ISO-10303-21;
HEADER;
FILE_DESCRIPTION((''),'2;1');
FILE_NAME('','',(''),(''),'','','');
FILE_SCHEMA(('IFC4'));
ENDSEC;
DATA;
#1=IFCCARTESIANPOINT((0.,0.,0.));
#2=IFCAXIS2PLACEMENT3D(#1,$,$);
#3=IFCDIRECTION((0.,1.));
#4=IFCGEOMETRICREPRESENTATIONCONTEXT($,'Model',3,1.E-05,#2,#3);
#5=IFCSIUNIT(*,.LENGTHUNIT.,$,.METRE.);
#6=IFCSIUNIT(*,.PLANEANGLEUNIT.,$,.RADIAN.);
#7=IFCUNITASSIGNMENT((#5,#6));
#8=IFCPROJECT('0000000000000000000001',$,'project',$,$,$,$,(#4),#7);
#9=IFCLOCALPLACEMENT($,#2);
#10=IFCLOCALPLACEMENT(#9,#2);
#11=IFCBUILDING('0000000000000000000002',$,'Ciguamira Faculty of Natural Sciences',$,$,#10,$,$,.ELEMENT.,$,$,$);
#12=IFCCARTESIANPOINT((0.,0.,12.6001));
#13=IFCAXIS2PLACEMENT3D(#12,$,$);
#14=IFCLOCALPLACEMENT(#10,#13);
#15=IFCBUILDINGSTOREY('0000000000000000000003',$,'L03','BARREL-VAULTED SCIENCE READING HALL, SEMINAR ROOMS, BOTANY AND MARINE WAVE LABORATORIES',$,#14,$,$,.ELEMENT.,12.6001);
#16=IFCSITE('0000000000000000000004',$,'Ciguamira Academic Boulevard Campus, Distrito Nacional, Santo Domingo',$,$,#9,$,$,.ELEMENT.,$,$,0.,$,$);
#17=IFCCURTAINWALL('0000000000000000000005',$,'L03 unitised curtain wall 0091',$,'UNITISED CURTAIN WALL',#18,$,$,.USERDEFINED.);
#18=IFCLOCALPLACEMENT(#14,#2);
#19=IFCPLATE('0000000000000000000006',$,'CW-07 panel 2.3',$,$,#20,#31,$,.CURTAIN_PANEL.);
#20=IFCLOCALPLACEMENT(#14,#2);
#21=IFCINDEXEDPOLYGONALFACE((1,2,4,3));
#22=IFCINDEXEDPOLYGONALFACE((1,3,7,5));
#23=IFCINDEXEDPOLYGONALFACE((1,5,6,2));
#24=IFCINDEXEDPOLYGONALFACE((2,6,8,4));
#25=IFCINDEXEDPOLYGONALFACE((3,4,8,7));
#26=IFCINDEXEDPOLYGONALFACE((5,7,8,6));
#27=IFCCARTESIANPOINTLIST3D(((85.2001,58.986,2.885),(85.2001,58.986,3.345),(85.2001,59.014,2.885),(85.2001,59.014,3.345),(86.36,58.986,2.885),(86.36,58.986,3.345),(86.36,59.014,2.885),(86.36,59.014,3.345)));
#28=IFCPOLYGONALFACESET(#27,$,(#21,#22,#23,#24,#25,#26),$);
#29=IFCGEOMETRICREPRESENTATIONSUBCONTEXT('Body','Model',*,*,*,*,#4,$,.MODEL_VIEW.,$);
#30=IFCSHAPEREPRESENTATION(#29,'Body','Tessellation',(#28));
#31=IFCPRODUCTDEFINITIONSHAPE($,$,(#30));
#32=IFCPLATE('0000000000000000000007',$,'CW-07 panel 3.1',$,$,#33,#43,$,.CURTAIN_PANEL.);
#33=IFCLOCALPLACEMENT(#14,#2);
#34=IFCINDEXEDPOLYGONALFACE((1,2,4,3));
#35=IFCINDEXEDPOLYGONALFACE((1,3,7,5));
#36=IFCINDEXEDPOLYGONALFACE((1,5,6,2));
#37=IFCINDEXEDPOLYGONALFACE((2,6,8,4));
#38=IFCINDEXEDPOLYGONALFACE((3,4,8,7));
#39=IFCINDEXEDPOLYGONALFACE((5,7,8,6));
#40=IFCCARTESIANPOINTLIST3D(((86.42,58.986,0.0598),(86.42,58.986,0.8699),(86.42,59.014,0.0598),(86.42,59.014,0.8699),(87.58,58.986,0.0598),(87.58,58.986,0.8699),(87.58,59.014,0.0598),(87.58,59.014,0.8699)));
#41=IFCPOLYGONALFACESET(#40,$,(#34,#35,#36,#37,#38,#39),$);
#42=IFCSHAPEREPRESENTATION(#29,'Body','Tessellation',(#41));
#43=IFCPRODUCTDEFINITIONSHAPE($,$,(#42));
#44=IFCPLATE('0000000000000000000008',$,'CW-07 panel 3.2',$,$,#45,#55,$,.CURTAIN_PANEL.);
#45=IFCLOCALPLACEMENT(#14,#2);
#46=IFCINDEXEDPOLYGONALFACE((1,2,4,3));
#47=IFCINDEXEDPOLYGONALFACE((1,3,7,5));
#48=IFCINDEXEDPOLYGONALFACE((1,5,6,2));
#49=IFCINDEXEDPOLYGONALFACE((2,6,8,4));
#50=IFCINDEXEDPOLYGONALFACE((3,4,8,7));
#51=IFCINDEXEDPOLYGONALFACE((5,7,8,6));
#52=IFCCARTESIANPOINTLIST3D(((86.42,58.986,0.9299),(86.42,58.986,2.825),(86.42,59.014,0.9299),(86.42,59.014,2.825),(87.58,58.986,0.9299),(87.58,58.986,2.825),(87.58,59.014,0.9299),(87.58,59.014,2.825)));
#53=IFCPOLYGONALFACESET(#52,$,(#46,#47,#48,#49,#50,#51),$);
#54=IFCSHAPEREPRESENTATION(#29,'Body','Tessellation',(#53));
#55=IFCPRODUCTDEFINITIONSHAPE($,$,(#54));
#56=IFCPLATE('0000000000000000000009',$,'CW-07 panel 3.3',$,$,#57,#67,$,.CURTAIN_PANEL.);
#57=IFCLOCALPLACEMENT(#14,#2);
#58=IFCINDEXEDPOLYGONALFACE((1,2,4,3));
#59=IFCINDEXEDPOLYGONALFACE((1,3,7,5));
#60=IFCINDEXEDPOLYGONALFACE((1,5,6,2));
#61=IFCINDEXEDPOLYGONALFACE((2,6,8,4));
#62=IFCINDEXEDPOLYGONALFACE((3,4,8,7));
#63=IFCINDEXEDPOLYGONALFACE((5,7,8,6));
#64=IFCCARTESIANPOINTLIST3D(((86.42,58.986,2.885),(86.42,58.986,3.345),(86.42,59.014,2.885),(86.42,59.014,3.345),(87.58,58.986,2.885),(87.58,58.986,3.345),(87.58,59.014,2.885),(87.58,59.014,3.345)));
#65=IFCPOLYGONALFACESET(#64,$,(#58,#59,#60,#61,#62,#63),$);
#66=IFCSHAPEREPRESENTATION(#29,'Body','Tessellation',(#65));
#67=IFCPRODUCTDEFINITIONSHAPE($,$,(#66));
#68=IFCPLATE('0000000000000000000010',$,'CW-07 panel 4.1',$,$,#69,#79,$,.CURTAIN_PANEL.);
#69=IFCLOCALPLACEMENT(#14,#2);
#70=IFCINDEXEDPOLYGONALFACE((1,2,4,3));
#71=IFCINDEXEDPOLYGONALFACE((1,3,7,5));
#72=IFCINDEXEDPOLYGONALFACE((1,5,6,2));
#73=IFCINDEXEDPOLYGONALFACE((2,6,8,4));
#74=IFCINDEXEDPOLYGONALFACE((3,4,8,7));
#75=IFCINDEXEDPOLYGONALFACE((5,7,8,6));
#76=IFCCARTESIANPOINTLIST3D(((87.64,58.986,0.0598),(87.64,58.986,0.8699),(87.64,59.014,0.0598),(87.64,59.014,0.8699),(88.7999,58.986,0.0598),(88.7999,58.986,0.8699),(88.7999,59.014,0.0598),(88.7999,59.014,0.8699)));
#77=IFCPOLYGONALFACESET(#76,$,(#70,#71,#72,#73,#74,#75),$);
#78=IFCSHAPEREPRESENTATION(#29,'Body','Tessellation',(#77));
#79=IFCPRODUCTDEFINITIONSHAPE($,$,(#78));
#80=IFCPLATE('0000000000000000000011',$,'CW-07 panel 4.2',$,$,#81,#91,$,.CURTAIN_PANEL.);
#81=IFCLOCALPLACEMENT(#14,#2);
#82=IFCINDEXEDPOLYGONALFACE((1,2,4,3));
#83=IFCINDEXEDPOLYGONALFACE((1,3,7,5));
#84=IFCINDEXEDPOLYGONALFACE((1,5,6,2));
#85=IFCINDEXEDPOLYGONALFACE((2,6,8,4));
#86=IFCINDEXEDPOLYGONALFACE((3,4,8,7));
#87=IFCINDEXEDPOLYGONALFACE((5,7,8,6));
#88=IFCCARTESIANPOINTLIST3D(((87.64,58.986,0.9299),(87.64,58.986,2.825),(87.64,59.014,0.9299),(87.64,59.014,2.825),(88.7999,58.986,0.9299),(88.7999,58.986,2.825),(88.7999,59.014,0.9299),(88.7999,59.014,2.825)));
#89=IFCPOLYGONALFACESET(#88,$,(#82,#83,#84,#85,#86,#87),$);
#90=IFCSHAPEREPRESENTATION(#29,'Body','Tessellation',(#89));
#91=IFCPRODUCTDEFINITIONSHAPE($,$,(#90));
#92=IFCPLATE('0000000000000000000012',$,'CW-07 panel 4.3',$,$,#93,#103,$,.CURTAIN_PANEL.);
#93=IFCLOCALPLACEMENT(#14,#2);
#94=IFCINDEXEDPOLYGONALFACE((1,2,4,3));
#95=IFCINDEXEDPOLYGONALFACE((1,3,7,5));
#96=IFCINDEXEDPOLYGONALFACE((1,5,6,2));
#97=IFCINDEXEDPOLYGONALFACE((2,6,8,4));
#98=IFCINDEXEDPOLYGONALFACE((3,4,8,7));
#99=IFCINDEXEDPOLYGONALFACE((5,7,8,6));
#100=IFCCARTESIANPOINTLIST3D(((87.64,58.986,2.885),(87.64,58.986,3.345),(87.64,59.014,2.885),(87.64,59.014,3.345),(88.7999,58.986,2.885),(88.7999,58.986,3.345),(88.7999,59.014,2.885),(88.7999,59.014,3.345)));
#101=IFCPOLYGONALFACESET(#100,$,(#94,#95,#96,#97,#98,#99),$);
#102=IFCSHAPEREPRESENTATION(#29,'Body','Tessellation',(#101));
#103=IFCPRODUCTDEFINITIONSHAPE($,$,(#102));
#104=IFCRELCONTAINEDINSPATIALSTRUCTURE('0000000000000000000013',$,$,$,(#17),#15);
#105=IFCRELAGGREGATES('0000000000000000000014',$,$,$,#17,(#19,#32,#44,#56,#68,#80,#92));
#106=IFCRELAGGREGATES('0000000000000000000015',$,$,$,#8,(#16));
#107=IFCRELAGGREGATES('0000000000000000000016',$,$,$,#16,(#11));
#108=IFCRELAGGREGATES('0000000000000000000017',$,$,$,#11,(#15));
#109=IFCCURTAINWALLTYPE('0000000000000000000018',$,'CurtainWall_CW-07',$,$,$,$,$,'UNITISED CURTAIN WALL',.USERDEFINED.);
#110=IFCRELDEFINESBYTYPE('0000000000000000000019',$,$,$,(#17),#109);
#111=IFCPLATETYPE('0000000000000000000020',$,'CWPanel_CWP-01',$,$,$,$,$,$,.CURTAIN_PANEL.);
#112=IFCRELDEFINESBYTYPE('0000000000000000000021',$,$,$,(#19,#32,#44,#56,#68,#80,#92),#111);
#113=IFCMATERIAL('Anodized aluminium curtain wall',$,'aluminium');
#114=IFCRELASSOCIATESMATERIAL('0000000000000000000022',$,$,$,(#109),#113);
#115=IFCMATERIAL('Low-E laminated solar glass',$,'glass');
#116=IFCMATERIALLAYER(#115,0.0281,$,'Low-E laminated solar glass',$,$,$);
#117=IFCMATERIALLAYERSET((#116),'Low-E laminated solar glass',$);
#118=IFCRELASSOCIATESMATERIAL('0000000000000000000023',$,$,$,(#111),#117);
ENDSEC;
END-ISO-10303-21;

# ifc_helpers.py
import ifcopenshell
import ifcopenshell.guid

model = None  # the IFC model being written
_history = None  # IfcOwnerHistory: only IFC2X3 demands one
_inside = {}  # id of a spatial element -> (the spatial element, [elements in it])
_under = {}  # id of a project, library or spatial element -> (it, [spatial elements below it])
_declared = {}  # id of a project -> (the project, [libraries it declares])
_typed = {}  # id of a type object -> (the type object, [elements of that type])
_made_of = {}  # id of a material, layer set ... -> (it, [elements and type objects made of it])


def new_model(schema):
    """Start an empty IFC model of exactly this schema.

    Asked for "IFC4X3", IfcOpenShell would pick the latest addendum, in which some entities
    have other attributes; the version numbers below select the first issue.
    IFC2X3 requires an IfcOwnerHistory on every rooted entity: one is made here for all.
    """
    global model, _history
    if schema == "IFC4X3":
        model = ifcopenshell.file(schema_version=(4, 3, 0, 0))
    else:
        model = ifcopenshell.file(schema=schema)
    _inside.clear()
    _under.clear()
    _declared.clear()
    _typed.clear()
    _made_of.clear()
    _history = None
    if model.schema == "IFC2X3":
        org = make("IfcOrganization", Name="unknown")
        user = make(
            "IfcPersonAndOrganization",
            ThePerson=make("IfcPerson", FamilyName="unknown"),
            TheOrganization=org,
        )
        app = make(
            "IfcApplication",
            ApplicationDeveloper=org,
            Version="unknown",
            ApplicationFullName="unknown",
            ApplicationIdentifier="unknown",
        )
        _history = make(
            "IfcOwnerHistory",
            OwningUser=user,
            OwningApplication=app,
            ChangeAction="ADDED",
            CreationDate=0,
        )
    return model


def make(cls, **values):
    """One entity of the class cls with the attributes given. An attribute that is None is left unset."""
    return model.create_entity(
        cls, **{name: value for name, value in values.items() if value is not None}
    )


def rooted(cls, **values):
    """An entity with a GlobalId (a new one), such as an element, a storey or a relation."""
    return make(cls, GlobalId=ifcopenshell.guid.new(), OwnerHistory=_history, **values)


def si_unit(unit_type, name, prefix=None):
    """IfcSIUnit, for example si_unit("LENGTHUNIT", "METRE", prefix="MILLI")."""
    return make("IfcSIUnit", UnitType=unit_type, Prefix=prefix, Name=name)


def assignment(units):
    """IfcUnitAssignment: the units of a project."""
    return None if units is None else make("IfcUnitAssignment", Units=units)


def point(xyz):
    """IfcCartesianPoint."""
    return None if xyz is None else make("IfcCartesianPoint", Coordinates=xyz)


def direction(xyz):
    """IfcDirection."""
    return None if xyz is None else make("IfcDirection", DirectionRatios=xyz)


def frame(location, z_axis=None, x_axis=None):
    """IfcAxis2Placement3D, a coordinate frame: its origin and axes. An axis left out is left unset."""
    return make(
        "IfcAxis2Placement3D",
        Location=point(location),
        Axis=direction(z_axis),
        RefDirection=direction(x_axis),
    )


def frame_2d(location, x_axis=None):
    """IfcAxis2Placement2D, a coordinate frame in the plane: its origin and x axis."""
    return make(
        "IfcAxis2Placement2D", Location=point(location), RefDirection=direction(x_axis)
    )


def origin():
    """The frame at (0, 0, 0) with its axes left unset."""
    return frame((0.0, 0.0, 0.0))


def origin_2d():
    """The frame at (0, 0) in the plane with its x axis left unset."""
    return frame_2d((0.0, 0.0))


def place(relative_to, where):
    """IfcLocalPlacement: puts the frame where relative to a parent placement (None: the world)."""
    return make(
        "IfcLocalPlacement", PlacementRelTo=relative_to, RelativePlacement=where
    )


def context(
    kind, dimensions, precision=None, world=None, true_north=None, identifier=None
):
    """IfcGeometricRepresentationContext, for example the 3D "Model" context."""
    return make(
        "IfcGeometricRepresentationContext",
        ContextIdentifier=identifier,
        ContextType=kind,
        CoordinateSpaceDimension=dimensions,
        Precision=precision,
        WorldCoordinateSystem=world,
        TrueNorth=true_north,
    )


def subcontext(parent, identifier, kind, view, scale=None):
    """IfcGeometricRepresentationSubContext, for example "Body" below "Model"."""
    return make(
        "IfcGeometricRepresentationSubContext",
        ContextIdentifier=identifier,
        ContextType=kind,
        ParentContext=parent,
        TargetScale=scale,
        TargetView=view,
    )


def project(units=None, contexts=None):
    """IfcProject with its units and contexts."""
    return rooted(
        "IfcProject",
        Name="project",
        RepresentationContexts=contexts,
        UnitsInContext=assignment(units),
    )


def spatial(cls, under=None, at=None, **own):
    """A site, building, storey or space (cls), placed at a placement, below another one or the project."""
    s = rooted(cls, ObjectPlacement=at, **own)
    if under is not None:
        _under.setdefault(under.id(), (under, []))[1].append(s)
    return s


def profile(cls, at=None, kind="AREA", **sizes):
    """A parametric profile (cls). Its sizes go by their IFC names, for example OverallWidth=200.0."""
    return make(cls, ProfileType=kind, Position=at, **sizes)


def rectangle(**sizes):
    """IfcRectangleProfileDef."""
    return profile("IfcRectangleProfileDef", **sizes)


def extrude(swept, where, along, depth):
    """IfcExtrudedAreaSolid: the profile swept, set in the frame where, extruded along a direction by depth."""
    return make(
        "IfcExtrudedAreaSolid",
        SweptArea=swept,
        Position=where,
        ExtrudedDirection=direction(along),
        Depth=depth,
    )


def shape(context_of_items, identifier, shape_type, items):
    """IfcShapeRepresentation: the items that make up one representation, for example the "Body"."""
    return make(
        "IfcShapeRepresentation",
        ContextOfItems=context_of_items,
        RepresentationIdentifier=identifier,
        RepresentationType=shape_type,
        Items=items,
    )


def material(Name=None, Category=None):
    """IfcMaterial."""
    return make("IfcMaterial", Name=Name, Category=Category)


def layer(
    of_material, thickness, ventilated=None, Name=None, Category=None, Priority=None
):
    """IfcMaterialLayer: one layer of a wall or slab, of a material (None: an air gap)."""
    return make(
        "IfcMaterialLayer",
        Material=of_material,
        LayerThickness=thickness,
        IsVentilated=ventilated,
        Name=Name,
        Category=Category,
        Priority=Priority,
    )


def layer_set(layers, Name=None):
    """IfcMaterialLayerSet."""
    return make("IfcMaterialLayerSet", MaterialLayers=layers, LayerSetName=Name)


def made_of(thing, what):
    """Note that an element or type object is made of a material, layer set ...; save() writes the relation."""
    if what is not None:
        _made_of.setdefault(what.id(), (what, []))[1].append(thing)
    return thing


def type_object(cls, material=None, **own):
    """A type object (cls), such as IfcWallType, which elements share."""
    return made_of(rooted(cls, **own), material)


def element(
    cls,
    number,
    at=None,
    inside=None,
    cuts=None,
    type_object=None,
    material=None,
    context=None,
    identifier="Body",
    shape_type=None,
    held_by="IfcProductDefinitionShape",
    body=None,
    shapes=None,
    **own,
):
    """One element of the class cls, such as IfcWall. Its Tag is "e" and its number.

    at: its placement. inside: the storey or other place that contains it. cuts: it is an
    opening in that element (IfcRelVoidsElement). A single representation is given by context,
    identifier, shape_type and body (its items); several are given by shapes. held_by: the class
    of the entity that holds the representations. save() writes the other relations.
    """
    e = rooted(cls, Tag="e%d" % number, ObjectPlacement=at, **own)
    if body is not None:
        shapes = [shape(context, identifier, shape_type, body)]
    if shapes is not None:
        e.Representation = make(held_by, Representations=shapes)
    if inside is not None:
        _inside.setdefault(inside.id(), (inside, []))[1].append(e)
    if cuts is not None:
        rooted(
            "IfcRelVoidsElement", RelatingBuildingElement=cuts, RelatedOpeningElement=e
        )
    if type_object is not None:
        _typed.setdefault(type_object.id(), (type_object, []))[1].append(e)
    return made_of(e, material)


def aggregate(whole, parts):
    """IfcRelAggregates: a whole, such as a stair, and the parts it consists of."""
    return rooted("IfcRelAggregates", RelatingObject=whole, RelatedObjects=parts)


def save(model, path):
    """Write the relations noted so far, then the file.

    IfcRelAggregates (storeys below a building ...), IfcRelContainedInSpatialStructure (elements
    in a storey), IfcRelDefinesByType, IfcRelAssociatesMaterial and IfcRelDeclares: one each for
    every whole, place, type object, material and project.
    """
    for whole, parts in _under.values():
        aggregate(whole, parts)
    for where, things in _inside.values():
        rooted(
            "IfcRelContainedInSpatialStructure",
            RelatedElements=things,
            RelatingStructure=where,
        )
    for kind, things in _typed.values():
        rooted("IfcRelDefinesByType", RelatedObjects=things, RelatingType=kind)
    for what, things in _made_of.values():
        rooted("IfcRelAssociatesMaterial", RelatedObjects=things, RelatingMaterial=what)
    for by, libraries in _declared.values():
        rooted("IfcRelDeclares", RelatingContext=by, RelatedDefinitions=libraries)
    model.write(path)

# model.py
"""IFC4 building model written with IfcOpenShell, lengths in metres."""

from ifc_helpers import new_model, si_unit, direction, frame, origin, origin_2d, place, context, subcontext, project, spatial, rectangle, extrude, material, layer, layer_set, type_object, element, aggregate, save


model = new_model("IFC4")

# Units and contexts
model_context = context("Model", 3, precision=1e-05, world=origin(), true_north=direction((0.0, 1.0)))
body_context = subcontext(model_context, "Body", "Model", "MODEL_VIEW")
ifc_project = project(units=[si_unit("LENGTHUNIT", "METRE"), si_unit("PLANEANGLEUNIT", "RADIAN")], contexts=[model_context])

# Site, building, storey
site_placement = place(None, origin())
site = spatial("IfcSite", under=ifc_project, at=site_placement, Name="Ciguamira Academic Boulevard Campus, Distrito Nacional, Santo Domingo", CompositionType="ELEMENT", RefElevation=0.0)
building_placement = place(site_placement, origin())
building = spatial("IfcBuilding", under=site, at=building_placement, Name="Ciguamira Faculty of Natural Sciences", CompositionType="ELEMENT")
storey_placement = place(building_placement, frame((0.0, 0.0, 12.6001)))
storey = spatial("IfcBuildingStorey", under=building, at=storey_placement, Name="L03", Description="BARREL-VAULTED SCIENCE READING HALL, SEMINAR ROOMS, BOTANY AND MARINE WAVE LABORATORIES", CompositionType="ELEMENT", Elevation=12.6001)

# Curtain wall, plates
ifc_material_1 = material(Name="Anodized aluminium curtain wall", Category="aluminium")
curtain_wall_type = type_object("IfcCurtainWallType", Name="CurtainWall_CW-07", ElementType="UNITISED CURTAIN WALL", PredefinedType="USERDEFINED", material=ifc_material_1)
curtain_wall_placement = place(storey_placement, origin())
curtain_wall = element("IfcCurtainWall", 1, at=curtain_wall_placement, inside=storey, type_object=curtain_wall_type, Name="L03 unitised curtain wall 0091", ObjectType="UNITISED CURTAIN WALL", PredefinedType="USERDEFINED")
ifc_material_2 = material(Name="Low-E laminated solar glass", Category="glass")
ifc_layer = layer(ifc_material_2, 0.0281, Name="Low-E laminated solar glass")
ifc_layer_set = layer_set([ifc_layer], Name="Low-E laminated solar glass")
plate_type = type_object("IfcPlateType", Name="CWPanel_CWP-01", PredefinedType="CURTAIN_PANEL", material=ifc_layer_set)
plate_1_placement = place(storey_placement, frame((85.78, 59.0, 2.885), z_axis=(0.0, 0.0, 1.0), x_axis=(1.0, 0.0, 0.0)))
plate_1 = element("IfcPlate", 2, at=plate_1_placement, type_object=plate_type, Name="CW-07 panel 2.3", PredefinedType="CURTAIN_PANEL", context=body_context, shape_type="SweptSolid", body=[
    extrude(rectangle(XDim=1.1599, YDim=0.0281, at=origin_2d()), origin(), (0.0, 0.0, 1.0), 0.46),
])
plate_2_placement = place(storey_placement, frame((87.0, 59.0, 0.0598), z_axis=(0.0, 0.0, 1.0), x_axis=(1.0, 0.0, 0.0)))
plate_2 = element("IfcPlate", 3, at=plate_2_placement, type_object=plate_type, Name="CW-07 panel 3.1", PredefinedType="CURTAIN_PANEL", context=body_context, shape_type="SweptSolid", body=[
    extrude(rectangle(XDim=1.1599, YDim=0.0281, at=origin_2d()), origin(), (0.0, 0.0, 1.0), 0.8101),
])
plate_3_placement = place(storey_placement, frame((87.0, 59.0, 0.9299), z_axis=(0.0, 0.0, 1.0), x_axis=(1.0, 0.0, 0.0)))
plate_3 = element("IfcPlate", 4, at=plate_3_placement, type_object=plate_type, Name="CW-07 panel 3.2", PredefinedType="CURTAIN_PANEL", context=body_context, shape_type="SweptSolid", body=[
    extrude(rectangle(XDim=1.1599, YDim=0.0281, at=origin_2d()), origin(), (0.0, 0.0, 1.0), 1.895),
])
plate_4_placement = place(storey_placement, frame((87.0, 59.0, 2.885), z_axis=(0.0, 0.0, 1.0), x_axis=(1.0, 0.0, 0.0)))
plate_4 = element("IfcPlate", 5, at=plate_4_placement, type_object=plate_type, Name="CW-07 panel 3.3", PredefinedType="CURTAIN_PANEL", context=body_context, shape_type="SweptSolid", body=[
    extrude(rectangle(XDim=1.1599, YDim=0.0281, at=origin_2d()), origin(), (0.0, 0.0, 1.0), 0.46),
])
plate_5_placement = place(storey_placement, frame((88.22, 59.0, 0.0598), z_axis=(0.0, 0.0, 1.0), x_axis=(1.0, 0.0, 0.0)))
plate_5 = element("IfcPlate", 6, at=plate_5_placement, type_object=plate_type, Name="CW-07 panel 4.1", PredefinedType="CURTAIN_PANEL", context=body_context, shape_type="SweptSolid", body=[
    extrude(rectangle(XDim=1.1599, YDim=0.0281, at=origin_2d()), origin(), (0.0, 0.0, 1.0), 0.8101),
])
plate_6_placement = place(storey_placement, frame((88.22, 59.0, 0.9299), z_axis=(0.0, 0.0, 1.0), x_axis=(1.0, 0.0, 0.0)))
plate_6 = element("IfcPlate", 7, at=plate_6_placement, type_object=plate_type, Name="CW-07 panel 4.2", PredefinedType="CURTAIN_PANEL", context=body_context, shape_type="SweptSolid", body=[
    extrude(rectangle(XDim=1.1599, YDim=0.0281, at=origin_2d()), origin(), (0.0, 0.0, 1.0), 1.895),
])
plate_7_placement = place(storey_placement, frame((88.22, 59.0, 2.885), z_axis=(0.0, 0.0, 1.0), x_axis=(1.0, 0.0, 0.0)))
plate_7 = element("IfcPlate", 8, at=plate_7_placement, type_object=plate_type, Name="CW-07 panel 4.3", PredefinedType="CURTAIN_PANEL", context=body_context, shape_type="SweptSolid", body=[
    extrude(rectangle(XDim=1.1599, YDim=0.0281, at=origin_2d()), origin(), (0.0, 0.0, 1.0), 0.46),
])
aggregate(curtain_wall, [plate_1, plate_2, plate_3, plate_4, plate_5, plate_6, plate_7])

save(model, "model.ifc")
